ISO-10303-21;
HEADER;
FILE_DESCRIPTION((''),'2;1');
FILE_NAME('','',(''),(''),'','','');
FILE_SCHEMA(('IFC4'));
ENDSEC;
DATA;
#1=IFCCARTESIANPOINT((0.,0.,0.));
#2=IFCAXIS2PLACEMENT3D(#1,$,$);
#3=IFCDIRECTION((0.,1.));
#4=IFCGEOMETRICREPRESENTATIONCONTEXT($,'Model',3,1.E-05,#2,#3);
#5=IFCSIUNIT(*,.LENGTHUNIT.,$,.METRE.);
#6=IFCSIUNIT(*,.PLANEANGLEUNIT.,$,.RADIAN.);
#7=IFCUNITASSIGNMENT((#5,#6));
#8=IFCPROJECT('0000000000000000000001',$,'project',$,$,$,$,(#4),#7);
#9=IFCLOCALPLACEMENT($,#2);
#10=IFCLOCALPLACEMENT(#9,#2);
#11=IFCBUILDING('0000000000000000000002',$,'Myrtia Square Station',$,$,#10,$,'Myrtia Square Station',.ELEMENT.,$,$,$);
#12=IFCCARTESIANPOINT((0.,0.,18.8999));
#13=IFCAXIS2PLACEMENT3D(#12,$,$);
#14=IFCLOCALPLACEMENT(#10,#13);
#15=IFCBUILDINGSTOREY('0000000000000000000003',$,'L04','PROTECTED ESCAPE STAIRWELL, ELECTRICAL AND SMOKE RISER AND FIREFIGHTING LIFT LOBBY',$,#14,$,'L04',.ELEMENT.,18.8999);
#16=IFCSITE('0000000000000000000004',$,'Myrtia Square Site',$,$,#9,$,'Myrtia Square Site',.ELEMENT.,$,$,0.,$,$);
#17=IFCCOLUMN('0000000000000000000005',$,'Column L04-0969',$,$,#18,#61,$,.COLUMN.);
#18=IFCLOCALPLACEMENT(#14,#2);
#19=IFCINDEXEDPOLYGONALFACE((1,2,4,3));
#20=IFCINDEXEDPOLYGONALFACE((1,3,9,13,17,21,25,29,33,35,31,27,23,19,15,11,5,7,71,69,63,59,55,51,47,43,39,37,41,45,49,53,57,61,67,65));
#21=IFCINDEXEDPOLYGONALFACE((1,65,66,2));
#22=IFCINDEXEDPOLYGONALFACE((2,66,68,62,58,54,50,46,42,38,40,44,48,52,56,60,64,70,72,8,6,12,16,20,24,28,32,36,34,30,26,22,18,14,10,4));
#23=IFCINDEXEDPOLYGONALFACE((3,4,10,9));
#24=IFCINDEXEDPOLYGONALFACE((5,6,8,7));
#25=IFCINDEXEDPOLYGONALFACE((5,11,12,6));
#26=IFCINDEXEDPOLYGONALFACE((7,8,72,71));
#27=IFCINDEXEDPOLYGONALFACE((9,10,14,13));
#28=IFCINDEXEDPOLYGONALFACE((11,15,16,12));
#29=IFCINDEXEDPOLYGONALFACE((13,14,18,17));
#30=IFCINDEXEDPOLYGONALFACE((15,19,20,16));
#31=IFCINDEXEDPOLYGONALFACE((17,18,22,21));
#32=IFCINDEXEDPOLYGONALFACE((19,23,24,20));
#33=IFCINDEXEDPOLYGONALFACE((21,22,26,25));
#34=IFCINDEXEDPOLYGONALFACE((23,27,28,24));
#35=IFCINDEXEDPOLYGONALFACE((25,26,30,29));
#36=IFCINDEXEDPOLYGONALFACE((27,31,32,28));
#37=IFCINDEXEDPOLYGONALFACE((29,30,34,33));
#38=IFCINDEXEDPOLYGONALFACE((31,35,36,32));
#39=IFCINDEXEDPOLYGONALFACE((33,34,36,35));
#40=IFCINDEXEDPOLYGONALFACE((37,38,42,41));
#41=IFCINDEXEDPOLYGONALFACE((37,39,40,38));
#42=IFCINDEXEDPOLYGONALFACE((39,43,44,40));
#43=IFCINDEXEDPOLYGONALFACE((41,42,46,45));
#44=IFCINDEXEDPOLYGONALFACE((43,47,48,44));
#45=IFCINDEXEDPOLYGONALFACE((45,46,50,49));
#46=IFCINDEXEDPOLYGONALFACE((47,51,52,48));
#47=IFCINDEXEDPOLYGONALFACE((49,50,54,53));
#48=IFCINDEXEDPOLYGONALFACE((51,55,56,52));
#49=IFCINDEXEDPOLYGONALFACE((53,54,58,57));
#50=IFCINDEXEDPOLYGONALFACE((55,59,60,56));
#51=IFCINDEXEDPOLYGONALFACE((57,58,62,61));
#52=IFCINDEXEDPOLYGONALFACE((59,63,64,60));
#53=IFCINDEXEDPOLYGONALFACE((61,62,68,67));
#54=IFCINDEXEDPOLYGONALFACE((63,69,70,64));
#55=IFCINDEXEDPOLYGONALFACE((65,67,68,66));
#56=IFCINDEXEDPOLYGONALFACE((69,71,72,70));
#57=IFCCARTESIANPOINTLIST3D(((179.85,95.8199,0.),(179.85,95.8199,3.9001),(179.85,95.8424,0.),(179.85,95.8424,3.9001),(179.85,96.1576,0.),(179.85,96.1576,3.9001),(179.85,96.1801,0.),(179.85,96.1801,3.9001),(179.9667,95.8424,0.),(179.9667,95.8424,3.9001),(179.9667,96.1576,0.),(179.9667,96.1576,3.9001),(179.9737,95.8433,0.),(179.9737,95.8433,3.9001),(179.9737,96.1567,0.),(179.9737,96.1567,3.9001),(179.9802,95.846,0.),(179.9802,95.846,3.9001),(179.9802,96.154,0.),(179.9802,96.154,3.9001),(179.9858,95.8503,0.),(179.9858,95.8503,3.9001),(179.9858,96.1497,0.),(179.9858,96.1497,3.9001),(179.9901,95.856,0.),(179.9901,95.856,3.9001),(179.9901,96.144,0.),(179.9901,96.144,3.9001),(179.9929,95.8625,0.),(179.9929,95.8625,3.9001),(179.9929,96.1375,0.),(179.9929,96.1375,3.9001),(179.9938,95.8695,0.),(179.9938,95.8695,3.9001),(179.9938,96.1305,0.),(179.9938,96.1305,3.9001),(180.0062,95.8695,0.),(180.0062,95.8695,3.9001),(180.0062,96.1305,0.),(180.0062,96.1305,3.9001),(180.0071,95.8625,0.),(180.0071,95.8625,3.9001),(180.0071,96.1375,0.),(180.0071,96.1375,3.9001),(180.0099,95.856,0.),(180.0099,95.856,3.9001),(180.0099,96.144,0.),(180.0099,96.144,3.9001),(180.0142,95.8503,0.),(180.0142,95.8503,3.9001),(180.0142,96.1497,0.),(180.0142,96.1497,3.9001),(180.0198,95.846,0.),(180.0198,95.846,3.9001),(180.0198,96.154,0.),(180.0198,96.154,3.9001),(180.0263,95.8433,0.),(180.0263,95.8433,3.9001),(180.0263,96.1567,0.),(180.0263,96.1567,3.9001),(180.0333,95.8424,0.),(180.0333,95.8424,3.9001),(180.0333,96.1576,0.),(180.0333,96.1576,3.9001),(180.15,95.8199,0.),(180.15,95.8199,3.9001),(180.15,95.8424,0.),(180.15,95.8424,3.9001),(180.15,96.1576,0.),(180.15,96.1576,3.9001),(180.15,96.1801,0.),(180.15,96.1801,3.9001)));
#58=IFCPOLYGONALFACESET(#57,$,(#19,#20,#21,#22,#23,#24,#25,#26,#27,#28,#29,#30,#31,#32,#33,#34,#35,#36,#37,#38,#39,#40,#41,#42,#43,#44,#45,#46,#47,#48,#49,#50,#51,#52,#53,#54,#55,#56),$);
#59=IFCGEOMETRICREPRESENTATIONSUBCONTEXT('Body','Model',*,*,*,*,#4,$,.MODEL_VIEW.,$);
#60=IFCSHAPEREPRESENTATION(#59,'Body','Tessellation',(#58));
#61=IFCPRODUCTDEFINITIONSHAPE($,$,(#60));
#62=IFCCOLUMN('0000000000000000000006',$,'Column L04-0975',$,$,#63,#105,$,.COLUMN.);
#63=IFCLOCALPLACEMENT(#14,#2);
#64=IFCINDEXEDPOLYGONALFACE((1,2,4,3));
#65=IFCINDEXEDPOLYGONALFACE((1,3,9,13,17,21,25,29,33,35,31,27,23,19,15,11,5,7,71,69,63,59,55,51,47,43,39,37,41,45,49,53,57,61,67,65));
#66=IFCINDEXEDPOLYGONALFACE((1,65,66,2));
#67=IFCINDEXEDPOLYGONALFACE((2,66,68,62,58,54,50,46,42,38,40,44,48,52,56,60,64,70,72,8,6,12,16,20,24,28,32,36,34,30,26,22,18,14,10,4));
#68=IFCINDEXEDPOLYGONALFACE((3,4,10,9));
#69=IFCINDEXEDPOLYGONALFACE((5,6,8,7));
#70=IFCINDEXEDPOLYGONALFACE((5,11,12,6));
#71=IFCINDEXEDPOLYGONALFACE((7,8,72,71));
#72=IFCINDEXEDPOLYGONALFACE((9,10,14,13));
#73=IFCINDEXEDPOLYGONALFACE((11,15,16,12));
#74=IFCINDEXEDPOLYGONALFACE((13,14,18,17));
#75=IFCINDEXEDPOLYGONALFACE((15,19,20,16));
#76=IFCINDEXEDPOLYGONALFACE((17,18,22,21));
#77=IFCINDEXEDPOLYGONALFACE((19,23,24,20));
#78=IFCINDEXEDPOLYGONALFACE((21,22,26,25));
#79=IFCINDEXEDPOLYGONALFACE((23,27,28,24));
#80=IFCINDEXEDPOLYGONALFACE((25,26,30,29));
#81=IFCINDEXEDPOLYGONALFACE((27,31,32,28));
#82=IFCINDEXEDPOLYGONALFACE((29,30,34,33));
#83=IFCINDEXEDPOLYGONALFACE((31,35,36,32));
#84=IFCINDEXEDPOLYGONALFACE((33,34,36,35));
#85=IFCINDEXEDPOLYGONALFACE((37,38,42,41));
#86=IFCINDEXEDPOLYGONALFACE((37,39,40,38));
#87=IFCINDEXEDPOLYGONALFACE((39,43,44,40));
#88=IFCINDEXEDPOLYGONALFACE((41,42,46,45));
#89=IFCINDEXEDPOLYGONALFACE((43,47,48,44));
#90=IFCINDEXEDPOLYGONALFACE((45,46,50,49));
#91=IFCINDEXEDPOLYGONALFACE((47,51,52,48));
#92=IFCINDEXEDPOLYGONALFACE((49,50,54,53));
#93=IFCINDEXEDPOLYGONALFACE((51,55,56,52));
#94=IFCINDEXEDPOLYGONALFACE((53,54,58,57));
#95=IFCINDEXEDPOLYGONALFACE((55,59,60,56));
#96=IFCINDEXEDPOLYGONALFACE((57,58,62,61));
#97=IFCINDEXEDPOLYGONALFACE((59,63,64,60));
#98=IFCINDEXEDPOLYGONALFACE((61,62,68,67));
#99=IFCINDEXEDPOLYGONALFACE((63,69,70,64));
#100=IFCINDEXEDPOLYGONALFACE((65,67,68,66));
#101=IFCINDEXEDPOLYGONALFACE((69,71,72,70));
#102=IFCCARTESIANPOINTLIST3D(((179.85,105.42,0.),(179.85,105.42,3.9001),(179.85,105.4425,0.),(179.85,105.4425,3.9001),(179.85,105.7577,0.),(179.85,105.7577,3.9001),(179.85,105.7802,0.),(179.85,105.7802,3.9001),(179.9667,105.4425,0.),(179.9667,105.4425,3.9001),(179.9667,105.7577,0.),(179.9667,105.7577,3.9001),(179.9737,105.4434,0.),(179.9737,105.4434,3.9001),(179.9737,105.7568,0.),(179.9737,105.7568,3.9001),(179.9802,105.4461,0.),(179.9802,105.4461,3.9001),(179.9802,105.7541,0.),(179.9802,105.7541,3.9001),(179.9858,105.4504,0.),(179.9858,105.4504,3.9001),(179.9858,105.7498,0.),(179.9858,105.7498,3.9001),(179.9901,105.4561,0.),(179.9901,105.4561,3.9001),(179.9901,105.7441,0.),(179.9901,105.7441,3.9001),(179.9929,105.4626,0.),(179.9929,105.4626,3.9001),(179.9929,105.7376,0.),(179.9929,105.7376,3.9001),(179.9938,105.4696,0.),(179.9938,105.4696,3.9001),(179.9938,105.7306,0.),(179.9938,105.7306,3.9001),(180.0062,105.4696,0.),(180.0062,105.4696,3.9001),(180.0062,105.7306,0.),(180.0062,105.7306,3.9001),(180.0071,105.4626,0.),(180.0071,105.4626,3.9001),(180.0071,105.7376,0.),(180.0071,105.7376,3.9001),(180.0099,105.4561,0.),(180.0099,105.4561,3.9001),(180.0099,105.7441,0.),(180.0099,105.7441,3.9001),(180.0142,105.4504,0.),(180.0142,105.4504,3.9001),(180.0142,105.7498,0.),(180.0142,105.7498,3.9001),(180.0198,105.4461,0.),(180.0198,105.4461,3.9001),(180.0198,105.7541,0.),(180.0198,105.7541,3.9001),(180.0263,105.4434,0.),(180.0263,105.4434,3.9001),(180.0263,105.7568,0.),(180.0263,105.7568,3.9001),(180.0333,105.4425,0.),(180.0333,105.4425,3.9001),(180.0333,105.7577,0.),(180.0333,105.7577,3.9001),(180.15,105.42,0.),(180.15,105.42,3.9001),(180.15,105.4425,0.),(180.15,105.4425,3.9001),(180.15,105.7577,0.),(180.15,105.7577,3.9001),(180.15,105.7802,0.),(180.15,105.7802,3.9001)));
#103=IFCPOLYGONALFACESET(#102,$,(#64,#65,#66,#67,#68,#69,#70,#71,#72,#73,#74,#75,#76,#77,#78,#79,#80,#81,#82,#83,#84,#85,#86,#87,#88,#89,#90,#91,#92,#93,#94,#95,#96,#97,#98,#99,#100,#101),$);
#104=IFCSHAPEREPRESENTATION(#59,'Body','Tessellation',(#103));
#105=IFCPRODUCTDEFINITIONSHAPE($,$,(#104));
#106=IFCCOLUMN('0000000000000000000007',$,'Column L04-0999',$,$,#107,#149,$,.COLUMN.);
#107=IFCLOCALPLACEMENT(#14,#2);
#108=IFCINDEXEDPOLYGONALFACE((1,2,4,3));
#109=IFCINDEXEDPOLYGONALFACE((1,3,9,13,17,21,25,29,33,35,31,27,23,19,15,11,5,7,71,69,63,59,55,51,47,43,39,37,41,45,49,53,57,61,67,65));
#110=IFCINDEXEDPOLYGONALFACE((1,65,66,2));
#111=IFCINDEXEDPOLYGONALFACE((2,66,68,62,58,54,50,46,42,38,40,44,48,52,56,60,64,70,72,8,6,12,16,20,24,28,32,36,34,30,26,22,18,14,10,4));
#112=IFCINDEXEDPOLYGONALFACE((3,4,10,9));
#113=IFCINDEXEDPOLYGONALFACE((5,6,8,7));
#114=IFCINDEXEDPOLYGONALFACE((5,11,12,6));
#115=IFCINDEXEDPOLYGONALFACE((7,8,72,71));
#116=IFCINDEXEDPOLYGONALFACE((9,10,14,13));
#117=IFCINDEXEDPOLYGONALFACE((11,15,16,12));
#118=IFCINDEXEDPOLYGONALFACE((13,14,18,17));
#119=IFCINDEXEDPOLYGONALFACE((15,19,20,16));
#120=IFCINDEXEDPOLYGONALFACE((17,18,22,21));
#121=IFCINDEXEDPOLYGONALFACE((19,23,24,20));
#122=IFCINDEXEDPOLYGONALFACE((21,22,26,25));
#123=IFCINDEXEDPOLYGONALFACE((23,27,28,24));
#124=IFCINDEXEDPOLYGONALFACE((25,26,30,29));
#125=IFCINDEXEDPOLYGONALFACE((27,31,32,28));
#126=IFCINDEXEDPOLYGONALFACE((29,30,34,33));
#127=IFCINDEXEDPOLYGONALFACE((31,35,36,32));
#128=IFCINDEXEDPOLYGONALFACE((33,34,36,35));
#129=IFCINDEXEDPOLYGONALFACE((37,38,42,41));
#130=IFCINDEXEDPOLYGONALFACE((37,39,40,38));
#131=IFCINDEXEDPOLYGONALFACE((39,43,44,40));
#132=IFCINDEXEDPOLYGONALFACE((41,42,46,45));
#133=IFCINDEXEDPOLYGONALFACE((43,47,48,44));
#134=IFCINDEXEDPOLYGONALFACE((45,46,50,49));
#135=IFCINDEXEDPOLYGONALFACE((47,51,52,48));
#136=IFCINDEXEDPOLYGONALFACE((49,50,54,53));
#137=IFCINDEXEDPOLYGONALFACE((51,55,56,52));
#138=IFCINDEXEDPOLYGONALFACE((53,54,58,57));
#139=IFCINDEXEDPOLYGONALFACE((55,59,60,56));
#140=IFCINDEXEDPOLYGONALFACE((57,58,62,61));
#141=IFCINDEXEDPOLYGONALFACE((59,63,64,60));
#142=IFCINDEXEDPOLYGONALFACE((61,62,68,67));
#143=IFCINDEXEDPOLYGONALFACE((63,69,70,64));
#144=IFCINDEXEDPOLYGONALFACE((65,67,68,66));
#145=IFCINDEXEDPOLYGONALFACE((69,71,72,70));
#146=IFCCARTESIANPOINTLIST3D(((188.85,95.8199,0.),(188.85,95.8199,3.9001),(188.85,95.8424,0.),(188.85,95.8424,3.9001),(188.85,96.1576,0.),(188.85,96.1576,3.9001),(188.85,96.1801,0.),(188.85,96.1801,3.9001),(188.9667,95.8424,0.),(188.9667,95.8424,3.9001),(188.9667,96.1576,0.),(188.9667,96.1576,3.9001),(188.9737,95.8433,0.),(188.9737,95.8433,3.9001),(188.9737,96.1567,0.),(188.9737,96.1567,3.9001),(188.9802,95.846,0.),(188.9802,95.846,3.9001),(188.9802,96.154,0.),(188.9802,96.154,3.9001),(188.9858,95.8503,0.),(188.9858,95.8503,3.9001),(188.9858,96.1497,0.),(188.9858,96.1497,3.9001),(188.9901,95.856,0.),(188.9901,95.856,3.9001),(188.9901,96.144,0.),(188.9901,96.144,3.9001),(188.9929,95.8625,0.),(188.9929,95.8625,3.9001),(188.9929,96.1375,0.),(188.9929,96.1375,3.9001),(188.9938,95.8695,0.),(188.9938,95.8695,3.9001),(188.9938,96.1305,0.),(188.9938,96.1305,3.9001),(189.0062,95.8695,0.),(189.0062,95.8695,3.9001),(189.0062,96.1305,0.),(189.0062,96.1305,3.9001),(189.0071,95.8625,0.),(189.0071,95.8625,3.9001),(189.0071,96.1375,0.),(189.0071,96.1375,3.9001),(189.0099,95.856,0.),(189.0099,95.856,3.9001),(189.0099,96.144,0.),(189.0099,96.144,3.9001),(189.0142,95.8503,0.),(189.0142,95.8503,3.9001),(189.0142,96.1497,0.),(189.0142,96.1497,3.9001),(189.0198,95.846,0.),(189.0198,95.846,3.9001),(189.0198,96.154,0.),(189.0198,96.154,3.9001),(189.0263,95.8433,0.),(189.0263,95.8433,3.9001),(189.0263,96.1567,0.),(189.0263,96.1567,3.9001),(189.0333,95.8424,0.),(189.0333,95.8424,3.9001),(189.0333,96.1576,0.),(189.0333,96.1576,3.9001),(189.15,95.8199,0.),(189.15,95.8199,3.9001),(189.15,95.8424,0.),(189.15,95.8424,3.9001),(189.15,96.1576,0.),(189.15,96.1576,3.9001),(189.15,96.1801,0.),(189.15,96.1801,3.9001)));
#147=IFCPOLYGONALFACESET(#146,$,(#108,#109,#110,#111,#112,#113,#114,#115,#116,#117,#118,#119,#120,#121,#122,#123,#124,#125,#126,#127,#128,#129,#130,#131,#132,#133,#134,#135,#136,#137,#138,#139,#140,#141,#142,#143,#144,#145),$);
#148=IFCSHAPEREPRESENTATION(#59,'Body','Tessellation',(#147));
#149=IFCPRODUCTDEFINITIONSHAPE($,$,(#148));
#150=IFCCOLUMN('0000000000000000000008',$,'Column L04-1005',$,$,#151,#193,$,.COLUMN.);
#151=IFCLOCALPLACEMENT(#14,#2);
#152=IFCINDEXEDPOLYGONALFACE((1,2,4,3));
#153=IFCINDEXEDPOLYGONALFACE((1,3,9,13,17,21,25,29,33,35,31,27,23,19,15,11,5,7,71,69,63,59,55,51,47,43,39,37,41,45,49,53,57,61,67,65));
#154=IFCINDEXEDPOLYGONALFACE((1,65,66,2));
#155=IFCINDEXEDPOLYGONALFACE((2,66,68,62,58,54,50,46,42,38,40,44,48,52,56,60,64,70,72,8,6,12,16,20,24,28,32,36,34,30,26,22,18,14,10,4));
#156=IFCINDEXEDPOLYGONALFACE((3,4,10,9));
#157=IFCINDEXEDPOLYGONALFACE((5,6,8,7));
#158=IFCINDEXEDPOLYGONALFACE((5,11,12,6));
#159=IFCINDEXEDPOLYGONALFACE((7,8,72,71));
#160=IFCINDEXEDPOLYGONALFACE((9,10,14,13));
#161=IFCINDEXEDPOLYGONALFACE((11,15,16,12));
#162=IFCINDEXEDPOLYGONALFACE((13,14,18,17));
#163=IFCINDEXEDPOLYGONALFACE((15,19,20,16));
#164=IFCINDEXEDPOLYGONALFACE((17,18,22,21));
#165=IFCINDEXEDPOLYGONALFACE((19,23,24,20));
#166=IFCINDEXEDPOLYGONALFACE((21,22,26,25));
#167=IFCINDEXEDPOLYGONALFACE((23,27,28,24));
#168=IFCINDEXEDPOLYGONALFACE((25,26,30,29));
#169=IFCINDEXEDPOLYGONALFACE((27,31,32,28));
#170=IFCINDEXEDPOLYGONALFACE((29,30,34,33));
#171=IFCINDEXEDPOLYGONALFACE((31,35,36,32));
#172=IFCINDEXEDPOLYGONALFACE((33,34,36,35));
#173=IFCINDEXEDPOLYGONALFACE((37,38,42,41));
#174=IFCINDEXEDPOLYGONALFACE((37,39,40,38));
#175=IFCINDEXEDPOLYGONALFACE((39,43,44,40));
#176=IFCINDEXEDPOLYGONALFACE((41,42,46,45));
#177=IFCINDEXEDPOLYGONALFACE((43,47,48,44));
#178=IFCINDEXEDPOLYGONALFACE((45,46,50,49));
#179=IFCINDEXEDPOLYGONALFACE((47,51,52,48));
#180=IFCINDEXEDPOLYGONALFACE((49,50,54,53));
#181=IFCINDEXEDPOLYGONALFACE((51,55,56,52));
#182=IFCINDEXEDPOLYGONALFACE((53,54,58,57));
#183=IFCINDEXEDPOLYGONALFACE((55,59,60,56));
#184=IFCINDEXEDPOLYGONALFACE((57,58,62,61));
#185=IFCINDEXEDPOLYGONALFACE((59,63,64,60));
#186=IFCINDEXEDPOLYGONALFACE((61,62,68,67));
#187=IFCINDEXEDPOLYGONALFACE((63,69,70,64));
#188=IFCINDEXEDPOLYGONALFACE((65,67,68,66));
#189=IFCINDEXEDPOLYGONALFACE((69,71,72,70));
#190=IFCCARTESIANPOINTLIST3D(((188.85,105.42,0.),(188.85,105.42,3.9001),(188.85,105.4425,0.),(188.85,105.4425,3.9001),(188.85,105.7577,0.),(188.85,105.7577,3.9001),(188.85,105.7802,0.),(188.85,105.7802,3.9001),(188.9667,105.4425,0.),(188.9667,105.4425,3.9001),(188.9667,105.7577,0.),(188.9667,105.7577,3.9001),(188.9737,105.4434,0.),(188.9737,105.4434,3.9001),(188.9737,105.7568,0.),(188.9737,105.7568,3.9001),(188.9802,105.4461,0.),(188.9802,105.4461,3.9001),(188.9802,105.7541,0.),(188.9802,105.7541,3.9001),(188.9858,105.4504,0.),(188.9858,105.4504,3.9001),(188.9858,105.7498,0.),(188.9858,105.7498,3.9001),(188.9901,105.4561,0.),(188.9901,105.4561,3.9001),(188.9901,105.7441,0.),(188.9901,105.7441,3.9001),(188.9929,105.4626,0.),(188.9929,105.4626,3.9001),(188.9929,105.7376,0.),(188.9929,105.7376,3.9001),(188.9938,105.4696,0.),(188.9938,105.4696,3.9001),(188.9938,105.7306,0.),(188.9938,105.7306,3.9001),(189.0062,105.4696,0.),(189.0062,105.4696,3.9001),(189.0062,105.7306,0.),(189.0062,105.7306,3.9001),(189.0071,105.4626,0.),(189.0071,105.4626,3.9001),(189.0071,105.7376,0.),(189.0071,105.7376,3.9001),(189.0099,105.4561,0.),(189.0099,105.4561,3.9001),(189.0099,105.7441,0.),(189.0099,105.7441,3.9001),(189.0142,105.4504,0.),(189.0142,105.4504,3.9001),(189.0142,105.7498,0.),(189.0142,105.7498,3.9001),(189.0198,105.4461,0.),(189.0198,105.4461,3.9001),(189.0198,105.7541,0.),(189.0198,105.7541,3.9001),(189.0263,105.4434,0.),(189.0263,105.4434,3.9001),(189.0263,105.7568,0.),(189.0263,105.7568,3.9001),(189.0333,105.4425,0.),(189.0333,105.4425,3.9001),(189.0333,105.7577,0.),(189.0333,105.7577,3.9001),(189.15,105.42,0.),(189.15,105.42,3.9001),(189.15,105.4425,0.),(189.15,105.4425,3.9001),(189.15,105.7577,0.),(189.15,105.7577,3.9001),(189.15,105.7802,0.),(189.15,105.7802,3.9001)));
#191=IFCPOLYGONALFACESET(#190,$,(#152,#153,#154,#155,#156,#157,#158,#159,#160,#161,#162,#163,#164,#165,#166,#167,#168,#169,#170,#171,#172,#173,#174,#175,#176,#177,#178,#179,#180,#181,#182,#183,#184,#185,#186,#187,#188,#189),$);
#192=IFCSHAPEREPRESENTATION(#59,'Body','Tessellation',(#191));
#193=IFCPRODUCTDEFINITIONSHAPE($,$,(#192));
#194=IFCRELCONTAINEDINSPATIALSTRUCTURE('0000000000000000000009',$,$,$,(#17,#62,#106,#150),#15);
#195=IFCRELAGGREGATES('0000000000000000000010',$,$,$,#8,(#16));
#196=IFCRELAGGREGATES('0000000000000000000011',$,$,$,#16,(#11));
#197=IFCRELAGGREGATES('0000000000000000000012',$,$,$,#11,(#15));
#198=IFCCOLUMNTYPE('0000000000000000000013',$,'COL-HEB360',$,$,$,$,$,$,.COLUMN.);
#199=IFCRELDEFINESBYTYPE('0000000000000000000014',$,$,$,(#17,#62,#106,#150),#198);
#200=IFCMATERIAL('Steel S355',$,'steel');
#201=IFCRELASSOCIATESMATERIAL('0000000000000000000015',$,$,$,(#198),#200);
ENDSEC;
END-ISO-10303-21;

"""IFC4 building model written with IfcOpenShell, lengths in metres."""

from ifc_helpers import new_model, si_unit, direction, frame, origin, origin_2d, place, context, subcontext, project, spatial, i_section, extrude, material, material_profile, profile_set, type_object, element, save


model = new_model("IFC4")

# Units and contexts
model_context = context("Model", 3, precision=1e-05, world=origin(), true_north=direction((0.0, 1.0)))
body_context = subcontext(model_context, "Body", "Model", "MODEL_VIEW")
ifc_project = project(units=[si_unit("LENGTHUNIT", "METRE"), si_unit("PLANEANGLEUNIT", "RADIAN")], contexts=[model_context])

# Site, building, storey
site_placement = place(None, origin())
site = spatial("IfcSite", under=ifc_project, at=site_placement, Name="Myrtia Square Site", LongName="Myrtia Square Site", CompositionType="ELEMENT", RefElevation=0.0)
building_placement = place(site_placement, origin())
building = spatial("IfcBuilding", under=site, at=building_placement, Name="Myrtia Square Station", LongName="Myrtia Square Station", CompositionType="ELEMENT")
storey_placement = place(building_placement, frame((0.0, 0.0, 18.8999)))
storey = spatial("IfcBuildingStorey", under=building, at=storey_placement, Name="L04", Description="PROTECTED ESCAPE STAIRWELL, ELECTRICAL AND SMOKE RISER AND FIREFIGHTING LIFT LOBBY", LongName="L04", CompositionType="ELEMENT", Elevation=18.8999)

# Columns
ifc_material_1 = material(Name="Steel S355", Category="steel")
ifc_material_profile_1 = material_profile(ifc_material_1, i_section(OverallWidth=0.3, OverallDepth=0.3601, WebThickness=0.0125, FlangeThickness=0.0225, FilletRadius=0.0271, at=origin_2d()), Name="HEB 360")
ifc_profile_set_1 = profile_set([ifc_material_profile_1], Name="Steel S355")
column_type = type_object("IfcColumnType", Name="COL-HEB360", PredefinedType="COLUMN", material=ifc_profile_set_1)
for number, where, z_axis, x_axis, name in (
    (1, (180.0, 96.0, 0.0), (0.0, 0.0, 1.0), (1.0, 0.0, 0.0), "Column L04-0969"),
    (2, (180.0, 105.6001, 0.0), (0.0, 0.0, 1.0), (1.0, 0.0, 0.0), "Column L04-0975"),
    (3, (189.0, 96.0, 0.0), (0.0, 0.0, 1.0), (1.0, 0.0, 0.0), "Column L04-0999"),
    (4, (189.0, 105.6001, 0.0), (0.0, 0.0, 1.0), (1.0, 0.0, 0.0), "Column L04-1005"),
):
    element("IfcColumn", number, at=place(storey_placement, frame(where, z_axis=z_axis, x_axis=x_axis)), inside=storey, type_object=column_type, Name=name, PredefinedType="COLUMN", context=body_context, shape_type="SweptSolid", body=[
        extrude(i_section(OverallWidth=0.3, OverallDepth=0.3601, WebThickness=0.0125, FlangeThickness=0.0225, FilletRadius=0.0271, at=origin_2d()), origin(), (0.0, 0.0, 1.0), 3.9001),
    ])

save(model, "model.ifc")
